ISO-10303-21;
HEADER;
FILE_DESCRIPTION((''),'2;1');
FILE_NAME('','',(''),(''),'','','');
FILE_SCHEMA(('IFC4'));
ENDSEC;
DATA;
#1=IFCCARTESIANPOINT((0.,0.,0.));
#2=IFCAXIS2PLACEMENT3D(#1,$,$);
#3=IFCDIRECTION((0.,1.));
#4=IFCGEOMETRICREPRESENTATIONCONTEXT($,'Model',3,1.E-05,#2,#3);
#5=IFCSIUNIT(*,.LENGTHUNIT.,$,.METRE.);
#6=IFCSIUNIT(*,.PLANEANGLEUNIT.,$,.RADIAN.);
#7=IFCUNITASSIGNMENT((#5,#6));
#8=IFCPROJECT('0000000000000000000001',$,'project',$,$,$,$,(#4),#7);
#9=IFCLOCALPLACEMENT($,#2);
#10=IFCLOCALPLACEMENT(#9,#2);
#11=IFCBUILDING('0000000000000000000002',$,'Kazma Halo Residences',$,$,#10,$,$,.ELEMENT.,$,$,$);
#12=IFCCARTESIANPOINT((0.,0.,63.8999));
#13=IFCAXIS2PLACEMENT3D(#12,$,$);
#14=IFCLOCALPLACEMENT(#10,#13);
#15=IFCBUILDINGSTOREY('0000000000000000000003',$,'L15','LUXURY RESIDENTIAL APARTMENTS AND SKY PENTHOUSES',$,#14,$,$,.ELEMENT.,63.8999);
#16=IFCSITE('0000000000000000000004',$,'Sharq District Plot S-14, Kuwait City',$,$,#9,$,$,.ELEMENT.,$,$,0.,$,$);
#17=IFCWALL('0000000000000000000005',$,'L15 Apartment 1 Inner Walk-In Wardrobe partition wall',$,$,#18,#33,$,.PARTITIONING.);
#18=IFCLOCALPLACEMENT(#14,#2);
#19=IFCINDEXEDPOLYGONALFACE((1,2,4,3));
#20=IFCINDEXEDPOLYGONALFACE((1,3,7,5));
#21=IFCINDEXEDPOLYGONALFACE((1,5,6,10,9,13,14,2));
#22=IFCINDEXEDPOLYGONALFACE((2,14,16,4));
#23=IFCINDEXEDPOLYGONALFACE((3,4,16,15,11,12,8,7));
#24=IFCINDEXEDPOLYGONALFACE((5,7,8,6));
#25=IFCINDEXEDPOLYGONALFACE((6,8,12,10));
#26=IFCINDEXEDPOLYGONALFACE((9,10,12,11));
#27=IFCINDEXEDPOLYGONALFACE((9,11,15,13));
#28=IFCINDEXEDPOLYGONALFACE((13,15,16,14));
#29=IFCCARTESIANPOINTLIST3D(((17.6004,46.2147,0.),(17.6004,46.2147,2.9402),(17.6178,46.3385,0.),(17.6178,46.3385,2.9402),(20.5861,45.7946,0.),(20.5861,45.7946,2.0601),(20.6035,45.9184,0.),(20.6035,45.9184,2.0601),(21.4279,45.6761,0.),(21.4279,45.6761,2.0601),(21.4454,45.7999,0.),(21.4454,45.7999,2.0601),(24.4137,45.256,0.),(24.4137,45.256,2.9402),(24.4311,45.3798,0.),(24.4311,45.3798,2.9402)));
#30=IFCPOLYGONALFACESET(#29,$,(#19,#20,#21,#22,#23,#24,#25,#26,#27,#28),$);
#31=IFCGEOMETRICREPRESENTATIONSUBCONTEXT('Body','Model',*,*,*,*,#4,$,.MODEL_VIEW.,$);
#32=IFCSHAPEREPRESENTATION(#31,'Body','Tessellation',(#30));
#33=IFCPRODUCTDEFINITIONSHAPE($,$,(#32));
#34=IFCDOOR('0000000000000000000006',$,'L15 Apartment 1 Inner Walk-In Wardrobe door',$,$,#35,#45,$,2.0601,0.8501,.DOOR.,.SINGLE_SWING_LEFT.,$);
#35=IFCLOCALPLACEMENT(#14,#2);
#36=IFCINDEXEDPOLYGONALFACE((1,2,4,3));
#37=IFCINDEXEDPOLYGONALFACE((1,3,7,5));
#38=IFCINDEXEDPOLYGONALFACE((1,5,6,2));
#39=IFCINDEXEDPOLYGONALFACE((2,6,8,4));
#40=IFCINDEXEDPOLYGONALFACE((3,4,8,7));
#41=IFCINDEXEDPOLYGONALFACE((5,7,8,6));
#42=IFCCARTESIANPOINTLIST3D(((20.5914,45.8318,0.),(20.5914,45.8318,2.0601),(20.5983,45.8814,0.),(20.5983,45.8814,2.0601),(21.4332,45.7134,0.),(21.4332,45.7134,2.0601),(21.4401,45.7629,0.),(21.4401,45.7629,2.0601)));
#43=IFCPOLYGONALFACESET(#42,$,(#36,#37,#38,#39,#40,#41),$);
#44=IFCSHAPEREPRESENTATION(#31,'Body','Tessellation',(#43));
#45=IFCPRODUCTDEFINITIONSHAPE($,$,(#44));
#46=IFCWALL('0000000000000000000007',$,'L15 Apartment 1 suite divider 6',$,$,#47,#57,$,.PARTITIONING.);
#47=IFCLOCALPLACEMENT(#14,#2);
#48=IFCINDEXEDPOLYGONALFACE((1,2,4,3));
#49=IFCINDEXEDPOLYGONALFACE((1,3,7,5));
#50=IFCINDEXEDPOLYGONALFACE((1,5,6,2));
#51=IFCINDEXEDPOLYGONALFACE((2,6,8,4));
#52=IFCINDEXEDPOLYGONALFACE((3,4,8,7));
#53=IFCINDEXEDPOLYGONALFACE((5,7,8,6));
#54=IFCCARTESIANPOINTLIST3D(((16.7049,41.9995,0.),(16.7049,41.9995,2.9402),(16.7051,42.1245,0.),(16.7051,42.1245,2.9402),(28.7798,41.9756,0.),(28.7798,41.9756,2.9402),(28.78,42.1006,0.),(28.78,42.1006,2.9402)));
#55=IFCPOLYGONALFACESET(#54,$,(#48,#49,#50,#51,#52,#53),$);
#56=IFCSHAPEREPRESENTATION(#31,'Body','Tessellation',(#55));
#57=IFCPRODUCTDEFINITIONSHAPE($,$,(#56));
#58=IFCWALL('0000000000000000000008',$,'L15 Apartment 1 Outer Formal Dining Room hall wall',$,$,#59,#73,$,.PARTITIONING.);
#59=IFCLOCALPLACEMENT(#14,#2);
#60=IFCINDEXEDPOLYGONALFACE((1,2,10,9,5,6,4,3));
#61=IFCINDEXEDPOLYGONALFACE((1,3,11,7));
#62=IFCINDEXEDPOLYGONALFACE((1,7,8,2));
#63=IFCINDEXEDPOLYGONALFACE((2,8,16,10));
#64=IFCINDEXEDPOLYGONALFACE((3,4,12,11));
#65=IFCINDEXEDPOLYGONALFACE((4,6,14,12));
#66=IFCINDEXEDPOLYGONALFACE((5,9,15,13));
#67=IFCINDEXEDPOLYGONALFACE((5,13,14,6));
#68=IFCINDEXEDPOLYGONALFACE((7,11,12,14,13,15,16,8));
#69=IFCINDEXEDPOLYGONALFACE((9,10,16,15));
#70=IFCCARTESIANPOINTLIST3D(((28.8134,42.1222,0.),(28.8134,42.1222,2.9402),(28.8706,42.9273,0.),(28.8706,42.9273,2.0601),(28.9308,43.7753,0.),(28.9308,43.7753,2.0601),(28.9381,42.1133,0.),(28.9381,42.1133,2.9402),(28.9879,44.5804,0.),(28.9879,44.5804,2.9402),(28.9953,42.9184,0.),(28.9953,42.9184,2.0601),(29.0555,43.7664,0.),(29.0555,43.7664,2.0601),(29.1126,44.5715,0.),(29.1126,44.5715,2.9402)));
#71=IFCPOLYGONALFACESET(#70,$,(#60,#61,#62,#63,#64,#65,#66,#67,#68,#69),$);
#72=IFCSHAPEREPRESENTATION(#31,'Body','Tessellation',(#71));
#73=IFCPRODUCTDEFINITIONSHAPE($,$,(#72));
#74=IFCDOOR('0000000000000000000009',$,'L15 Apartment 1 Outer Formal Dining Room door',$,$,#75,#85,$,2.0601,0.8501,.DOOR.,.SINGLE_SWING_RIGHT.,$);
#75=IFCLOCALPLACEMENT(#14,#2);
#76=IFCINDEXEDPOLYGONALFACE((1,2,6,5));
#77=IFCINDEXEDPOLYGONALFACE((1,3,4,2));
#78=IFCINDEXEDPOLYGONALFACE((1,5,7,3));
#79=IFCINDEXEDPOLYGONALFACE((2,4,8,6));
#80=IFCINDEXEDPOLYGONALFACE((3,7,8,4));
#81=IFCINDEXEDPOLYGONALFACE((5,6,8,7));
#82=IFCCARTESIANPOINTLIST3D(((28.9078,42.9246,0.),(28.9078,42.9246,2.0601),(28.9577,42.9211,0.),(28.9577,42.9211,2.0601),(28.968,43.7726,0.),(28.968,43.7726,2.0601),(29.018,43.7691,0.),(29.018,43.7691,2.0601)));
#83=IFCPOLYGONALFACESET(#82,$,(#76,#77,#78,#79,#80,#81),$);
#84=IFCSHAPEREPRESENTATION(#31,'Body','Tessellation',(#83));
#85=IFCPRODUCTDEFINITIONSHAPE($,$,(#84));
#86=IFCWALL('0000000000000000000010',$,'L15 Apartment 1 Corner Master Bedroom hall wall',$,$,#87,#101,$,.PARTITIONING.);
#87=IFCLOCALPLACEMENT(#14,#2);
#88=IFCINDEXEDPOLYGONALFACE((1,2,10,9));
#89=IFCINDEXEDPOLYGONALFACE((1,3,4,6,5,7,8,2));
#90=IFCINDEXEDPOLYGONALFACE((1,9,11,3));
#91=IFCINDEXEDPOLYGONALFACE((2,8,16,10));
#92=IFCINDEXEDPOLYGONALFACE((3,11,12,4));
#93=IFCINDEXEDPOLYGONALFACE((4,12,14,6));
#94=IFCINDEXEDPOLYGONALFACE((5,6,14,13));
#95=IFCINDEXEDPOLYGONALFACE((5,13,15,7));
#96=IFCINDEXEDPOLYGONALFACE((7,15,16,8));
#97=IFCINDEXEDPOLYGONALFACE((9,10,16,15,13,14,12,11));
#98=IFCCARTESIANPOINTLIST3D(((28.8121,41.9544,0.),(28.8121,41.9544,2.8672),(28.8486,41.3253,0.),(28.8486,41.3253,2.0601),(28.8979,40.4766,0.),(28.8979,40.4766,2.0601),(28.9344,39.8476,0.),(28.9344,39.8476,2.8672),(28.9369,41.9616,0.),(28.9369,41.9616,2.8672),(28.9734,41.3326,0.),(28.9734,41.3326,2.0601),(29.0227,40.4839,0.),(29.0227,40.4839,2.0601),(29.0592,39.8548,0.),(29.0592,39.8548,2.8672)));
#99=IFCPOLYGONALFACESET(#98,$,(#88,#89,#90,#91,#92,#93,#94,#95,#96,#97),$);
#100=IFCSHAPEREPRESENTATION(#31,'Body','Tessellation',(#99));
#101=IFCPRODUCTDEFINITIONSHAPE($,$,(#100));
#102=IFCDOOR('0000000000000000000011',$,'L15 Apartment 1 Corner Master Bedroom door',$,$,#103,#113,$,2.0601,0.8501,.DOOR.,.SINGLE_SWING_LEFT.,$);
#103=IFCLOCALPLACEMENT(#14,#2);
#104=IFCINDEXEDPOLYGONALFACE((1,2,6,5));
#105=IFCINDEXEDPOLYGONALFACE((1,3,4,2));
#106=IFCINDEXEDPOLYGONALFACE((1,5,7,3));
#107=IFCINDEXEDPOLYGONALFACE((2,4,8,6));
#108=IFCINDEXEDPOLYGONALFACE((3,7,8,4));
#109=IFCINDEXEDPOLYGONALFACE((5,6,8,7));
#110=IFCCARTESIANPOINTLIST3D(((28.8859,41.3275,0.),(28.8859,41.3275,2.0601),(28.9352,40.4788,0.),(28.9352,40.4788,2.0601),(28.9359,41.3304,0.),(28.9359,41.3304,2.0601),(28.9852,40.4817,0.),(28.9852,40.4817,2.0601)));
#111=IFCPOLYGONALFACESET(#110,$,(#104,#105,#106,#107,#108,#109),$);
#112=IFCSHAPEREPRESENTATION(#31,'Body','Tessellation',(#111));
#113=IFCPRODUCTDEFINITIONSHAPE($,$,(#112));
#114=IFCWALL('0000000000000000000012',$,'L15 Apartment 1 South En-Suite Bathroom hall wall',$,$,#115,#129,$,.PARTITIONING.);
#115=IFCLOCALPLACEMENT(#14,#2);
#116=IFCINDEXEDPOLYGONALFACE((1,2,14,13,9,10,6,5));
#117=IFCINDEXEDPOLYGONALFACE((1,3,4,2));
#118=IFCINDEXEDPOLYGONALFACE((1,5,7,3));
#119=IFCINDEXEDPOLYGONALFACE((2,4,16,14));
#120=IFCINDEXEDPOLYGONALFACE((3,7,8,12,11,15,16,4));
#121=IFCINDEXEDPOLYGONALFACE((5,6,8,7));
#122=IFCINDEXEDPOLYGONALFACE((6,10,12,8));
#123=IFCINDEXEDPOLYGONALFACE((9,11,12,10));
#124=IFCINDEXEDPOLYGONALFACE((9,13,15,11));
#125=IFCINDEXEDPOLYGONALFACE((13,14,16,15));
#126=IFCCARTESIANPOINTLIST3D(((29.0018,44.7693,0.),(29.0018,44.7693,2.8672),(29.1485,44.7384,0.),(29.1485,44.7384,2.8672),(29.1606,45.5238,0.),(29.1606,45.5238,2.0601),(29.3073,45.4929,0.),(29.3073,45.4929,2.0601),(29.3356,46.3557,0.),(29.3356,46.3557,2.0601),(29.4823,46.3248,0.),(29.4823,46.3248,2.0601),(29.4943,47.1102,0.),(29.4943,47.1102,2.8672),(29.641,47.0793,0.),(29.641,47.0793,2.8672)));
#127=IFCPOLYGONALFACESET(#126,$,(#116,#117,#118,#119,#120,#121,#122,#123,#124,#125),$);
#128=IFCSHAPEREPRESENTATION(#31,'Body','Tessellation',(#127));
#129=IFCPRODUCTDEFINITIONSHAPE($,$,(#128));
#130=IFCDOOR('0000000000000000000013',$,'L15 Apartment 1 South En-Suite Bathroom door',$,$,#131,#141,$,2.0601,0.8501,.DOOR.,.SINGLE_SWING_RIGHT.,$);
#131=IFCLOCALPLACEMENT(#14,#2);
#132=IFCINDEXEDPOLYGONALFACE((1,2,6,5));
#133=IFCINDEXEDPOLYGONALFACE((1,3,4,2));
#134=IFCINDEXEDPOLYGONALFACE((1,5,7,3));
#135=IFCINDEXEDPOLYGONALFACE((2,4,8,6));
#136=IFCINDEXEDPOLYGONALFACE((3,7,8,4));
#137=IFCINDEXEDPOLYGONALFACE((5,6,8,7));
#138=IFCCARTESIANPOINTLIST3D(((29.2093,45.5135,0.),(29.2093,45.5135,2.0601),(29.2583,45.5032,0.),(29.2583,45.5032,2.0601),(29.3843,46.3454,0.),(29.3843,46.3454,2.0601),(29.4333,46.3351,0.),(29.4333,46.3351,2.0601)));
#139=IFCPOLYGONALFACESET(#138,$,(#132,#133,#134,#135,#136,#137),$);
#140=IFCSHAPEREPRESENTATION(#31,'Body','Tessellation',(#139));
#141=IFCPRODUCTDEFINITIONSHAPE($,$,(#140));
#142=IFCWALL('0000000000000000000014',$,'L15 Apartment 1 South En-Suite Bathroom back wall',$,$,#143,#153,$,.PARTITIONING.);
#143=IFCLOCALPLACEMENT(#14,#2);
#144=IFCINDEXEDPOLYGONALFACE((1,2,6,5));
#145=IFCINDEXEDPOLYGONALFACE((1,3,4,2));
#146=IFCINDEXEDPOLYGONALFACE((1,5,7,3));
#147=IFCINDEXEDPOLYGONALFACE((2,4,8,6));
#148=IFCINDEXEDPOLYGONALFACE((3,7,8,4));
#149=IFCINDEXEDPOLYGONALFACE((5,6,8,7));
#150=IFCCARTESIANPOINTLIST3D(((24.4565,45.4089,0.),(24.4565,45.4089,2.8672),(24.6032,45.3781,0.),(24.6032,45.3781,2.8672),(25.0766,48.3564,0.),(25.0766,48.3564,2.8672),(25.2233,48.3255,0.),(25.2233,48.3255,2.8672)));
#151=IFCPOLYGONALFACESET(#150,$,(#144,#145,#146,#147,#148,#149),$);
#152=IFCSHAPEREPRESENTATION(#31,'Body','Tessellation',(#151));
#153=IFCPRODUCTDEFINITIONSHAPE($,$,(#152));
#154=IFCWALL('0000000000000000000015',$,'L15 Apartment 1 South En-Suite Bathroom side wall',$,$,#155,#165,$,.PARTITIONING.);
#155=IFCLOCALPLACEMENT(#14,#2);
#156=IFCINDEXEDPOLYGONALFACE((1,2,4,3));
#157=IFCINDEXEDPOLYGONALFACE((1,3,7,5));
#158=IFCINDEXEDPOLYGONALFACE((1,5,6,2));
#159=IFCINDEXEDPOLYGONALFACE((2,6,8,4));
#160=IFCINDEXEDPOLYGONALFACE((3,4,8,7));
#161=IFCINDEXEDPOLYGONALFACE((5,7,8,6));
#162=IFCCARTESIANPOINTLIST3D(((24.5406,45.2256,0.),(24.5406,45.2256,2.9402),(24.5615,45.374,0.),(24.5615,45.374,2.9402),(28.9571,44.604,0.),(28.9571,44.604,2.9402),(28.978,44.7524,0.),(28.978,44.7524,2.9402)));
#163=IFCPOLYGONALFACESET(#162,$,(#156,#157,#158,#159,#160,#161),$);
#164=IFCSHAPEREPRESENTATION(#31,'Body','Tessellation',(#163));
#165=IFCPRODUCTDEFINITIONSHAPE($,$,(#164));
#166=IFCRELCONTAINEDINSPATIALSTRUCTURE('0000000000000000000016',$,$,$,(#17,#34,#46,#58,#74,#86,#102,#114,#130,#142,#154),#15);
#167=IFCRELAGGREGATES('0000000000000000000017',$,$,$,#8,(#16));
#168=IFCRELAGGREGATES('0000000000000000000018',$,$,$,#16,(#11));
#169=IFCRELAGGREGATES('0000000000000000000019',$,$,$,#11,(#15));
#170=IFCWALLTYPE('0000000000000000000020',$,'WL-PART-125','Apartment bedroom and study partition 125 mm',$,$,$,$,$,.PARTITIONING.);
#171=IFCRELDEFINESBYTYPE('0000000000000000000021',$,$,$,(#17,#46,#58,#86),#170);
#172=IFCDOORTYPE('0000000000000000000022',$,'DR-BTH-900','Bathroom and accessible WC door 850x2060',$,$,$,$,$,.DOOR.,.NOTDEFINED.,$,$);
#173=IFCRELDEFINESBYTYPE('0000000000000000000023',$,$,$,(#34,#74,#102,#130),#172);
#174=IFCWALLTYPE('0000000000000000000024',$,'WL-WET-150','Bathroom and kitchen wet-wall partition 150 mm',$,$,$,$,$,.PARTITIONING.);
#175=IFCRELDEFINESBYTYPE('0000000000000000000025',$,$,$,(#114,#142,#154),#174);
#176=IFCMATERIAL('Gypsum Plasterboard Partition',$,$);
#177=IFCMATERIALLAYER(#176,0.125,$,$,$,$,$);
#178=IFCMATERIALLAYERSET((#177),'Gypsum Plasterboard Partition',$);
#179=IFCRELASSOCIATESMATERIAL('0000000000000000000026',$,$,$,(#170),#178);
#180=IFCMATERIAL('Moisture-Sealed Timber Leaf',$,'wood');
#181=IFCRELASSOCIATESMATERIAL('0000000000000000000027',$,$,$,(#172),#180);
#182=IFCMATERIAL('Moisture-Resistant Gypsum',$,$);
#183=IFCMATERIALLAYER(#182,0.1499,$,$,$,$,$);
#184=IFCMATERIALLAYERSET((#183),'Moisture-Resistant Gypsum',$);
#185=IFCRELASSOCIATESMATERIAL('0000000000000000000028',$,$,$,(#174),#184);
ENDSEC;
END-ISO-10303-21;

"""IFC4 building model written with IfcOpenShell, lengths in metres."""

from ifc_helpers import new_model, si_unit, direction, frame, frame_2d, origin, place, context, subcontext, project, spatial, rectangle, extrude, material, layer, layer_set, type_object, element, fill, save


model = new_model("IFC4")

# Units and contexts
model_context = context("Model", 3, precision=1e-05, world=origin(), true_north=direction((0.0, 1.0)))
body_context = subcontext(model_context, "Body", "Model", "MODEL_VIEW")
ifc_project = project(units=[si_unit("LENGTHUNIT", "METRE"), si_unit("PLANEANGLEUNIT", "RADIAN")], contexts=[model_context])

# Site, building, storey
site_placement = place(None, origin())
site = spatial("IfcSite", under=ifc_project, at=site_placement, Name="Sharq District Plot S-14, Kuwait City", CompositionType="ELEMENT", RefElevation=0.0)
building_placement = place(site_placement, origin())
building = spatial("IfcBuilding", under=site, at=building_placement, Name="Kazma Halo Residences", CompositionType="ELEMENT")
storey_placement = place(building_placement, frame((0.0, 0.0, 63.8999)))
storey = spatial("IfcBuildingStorey", under=building, at=storey_placement, Name="L15", Description="LUXURY RESIDENTIAL APARTMENTS AND SKY PENTHOUSES", CompositionType="ELEMENT", Elevation=63.8999)

# Shared definitions
ifc_material_1 = material(Name="Gypsum Plasterboard Partition")
ifc_layer_1 = layer(ifc_material_1, 0.125)
ifc_layer_set_1 = layer_set([ifc_layer_1], Name="Gypsum Plasterboard Partition")
wall_type_1 = type_object("IfcWallType", Name="WL-PART-125", Description="Apartment bedroom and study partition 125 mm", PredefinedType="PARTITIONING", material=ifc_layer_set_1)

# Shared definitions
ifc_material_2 = material(Name="Moisture-Sealed Timber Leaf", Category="wood")
door_type = type_object("IfcDoorType", Name="DR-BTH-900", Description="Bathroom and accessible WC door 850x2060", OperationType="NOTDEFINED", PredefinedType="DOOR", material=ifc_material_2)

# Wall, opening, door
wall_1_placement = place(storey_placement, frame((24.4224, 45.3179, 0.0), z_axis=(0.0, 0.0, 1.0), x_axis=(-0.990244, 0.139345, 0.0)))
wall_1 = element("IfcWall", 1, at=wall_1_placement, inside=storey, type_object=wall_type_1, Name="L15 Apartment 1 Inner Walk-In Wardrobe partition wall", PredefinedType="PARTITIONING", context=body_context, shape_type="SweptSolid", body=[
    extrude(rectangle(XDim=6.8804, YDim=0.125, at=frame_2d((3.4402, 0.0))), origin(), (0.0, 0.0, 1.0), 2.9402),
])
opening_1_placement = place(wall_1_placement, frame((3.0151, 0.0, 0.0)))
opening_1 = element("IfcOpeningElement", 2, at=opening_1_placement, cuts=wall_1, PredefinedType="OPENING", context=body_context, shape_type="SweptSolid", body=[
    extrude(rectangle(XDim=0.8501, YDim=2.0601, at=frame_2d((0.425, 1.03))), frame((0.0, 0.0725, 0.0), z_axis=(0.0, -1.0, 0.0), x_axis=(1.0, 0.0, 0.0)), (0.0, 0.0, 1.0), 0.145),
])
door_1_placement = place(opening_1_placement, origin())
door_1 = element("IfcDoor", 3, at=door_1_placement, inside=storey, type_object=door_type, Name="L15 Apartment 1 Inner Walk-In Wardrobe door", OperationType="SINGLE_SWING_LEFT", OverallHeight=2.0601, OverallWidth=0.8501, PredefinedType="DOOR", context=body_context, shape_type="SweptSolid", body=[
    extrude(rectangle(XDim=0.8501, YDim=2.0601, at=frame_2d((0.425, 1.03))), frame((0.0, 0.0249, 0.0), z_axis=(0.0, -1.0, 0.0), x_axis=(1.0, 0.0, 0.0)), (0.0, 0.0, 1.0), 0.05),
])
fill(opening_1, door_1)

# Wall
wall_2_placement = place(storey_placement, frame((28.78, 42.0381, 0.0), z_axis=(0.0, 0.0, 1.0), x_axis=(-0.999998, 0.001981, 0.0)))
element("IfcWall", 4, at=wall_2_placement, inside=storey, type_object=wall_type_1, Name="L15 Apartment 1 suite divider 6", PredefinedType="PARTITIONING", context=body_context, shape_type="SweptSolid", body=[
    extrude(rectangle(XDim=12.075, YDim=0.125, at=frame_2d((6.0376, 0.0))), origin(), (0.0, 0.0, 1.0), 2.9402),
])

# Walls, openings, doors
wall_3_placement = place(storey_placement, frame((29.0503, 44.5759, 0.0), z_axis=(0.0, 0.0, 1.0), x_axis=(-0.070832, -0.997488, 0.0)))
wall_3 = element("IfcWall", 5, at=wall_3_placement, inside=storey, type_object=wall_type_1, Name="L15 Apartment 1 Outer Formal Dining Room hall wall", PredefinedType="PARTITIONING", context=body_context, shape_type="SweptSolid", body=[
    extrude(rectangle(XDim=2.4644, YDim=0.125, at=frame_2d((1.2322, 0.0))), origin(), (0.0, 0.0, 1.0), 2.9402),
])
opening_2_placement = place(wall_3_placement, frame((0.8071, 0.0, 0.0)))
opening_2 = element("IfcOpeningElement", 6, at=opening_2_placement, cuts=wall_3, PredefinedType="OPENING", context=body_context, shape_type="SweptSolid", body=[
    extrude(rectangle(XDim=0.8501, YDim=2.0601, at=frame_2d((0.425, 1.03))), frame((0.0, 0.0725, 0.0), z_axis=(0.0, -1.0, 0.0), x_axis=(1.0, 0.0, 0.0)), (0.0, 0.0, 1.0), 0.145),
])
door_2_placement = place(opening_2_placement, origin())
door_2 = element("IfcDoor", 7, at=door_2_placement, inside=storey, type_object=door_type, Name="L15 Apartment 1 Outer Formal Dining Room door", OperationType="SINGLE_SWING_RIGHT", OverallHeight=2.0601, OverallWidth=0.8501, PredefinedType="DOOR", context=body_context, shape_type="SweptSolid", body=[
    extrude(rectangle(XDim=0.8501, YDim=2.0601, at=frame_2d((0.425, 1.03))), frame((0.0, 0.0249, 0.0), z_axis=(0.0, -1.0, 0.0), x_axis=(1.0, 0.0, 0.0)), (0.0, 0.0, 1.0), 0.05),
])
fill(opening_2, door_2)
wall_4_placement = place(storey_placement, frame((28.8745, 41.958, 0.0), z_axis=(0.0, 0.0, 1.0), x_axis=(0.057962, -0.998319, 0.0)))
wall_4 = element("IfcWall", 8, at=wall_4_placement, inside=storey, type_object=wall_type_1, Name="L15 Apartment 1 Corner Master Bedroom hall wall", PredefinedType="PARTITIONING", context=body_context, shape_type="SweptSolid", body=[
    extrude(rectangle(XDim=2.1104, YDim=0.125, at=frame_2d((1.0552, 0.0))), origin(), (0.0, 0.0, 1.0), 2.8672),
])
opening_3_placement = place(wall_4_placement, frame((0.6301, 0.0, 0.0)))
opening_3 = element("IfcOpeningElement", 9, at=opening_3_placement, cuts=wall_4, PredefinedType="OPENING", context=body_context, shape_type="SweptSolid", body=[
    extrude(rectangle(XDim=0.8501, YDim=2.0601, at=frame_2d((0.425, 1.03))), frame((0.0, 0.0725, 0.0), z_axis=(0.0, -1.0, 0.0), x_axis=(1.0, 0.0, 0.0)), (0.0, 0.0, 1.0), 0.145),
])
door_3_placement = place(opening_3_placement, origin())
door_3 = element("IfcDoor", 10, at=door_3_placement, inside=storey, type_object=door_type, Name="L15 Apartment 1 Corner Master Bedroom door", OperationType="SINGLE_SWING_LEFT", OverallHeight=2.0601, OverallWidth=0.8501, PredefinedType="DOOR", context=body_context, shape_type="SweptSolid", body=[
    extrude(rectangle(XDim=0.8501, YDim=2.0601, at=frame_2d((0.425, 1.03))), frame((0.0, 0.0249, 0.0), z_axis=(0.0, -1.0, 0.0), x_axis=(1.0, 0.0, 0.0)), (0.0, 0.0, 1.0), 0.05),
])
fill(opening_3, door_3)
ifc_material_3 = material(Name="Moisture-Resistant Gypsum")
ifc_layer_2 = layer(ifc_material_3, 0.1499)
ifc_layer_set_2 = layer_set([ifc_layer_2], Name="Moisture-Resistant Gypsum")
wall_type_2 = type_object("IfcWallType", Name="WL-WET-150", Description="Bathroom and kitchen wet-wall partition 150 mm", PredefinedType="PARTITIONING", material=ifc_layer_set_2)
wall_5_placement = place(storey_placement, frame((29.5676, 47.0947, 0.0), z_axis=(0.0, 0.0, 1.0), x_axis=(-0.205861, -0.978581, 0.0)))
wall_5 = element("IfcWall", 11, at=wall_5_placement, inside=storey, type_object=wall_type_2, Name="L15 Apartment 1 South En-Suite Bathroom hall wall", PredefinedType="PARTITIONING", context=body_context, shape_type="SweptSolid", body=[
    extrude(rectangle(XDim=2.3921, YDim=0.1499, at=frame_2d((1.196, 0.0))), origin(), (0.0, 0.0, 1.0), 2.8672),
])
opening_4_placement = place(wall_5_placement, frame((0.771, 0.0, 0.0)))
opening_4 = element("IfcOpeningElement", 12, at=opening_4_placement, cuts=wall_5, PredefinedType="OPENING", context=body_context, shape_type="SweptSolid", body=[
    extrude(rectangle(XDim=0.8501, YDim=2.0601, at=frame_2d((0.425, 1.03))), frame((0.0, 0.085, 0.0), z_axis=(0.0, -1.0, 0.0), x_axis=(1.0, 0.0, 0.0)), (0.0, 0.0, 1.0), 0.1699),
])
door_4_placement = place(opening_4_placement, origin())
door_4 = element("IfcDoor", 13, at=door_4_placement, inside=storey, type_object=door_type, Name="L15 Apartment 1 South En-Suite Bathroom door", OperationType="SINGLE_SWING_RIGHT", OverallHeight=2.0601, OverallWidth=0.8501, PredefinedType="DOOR", context=body_context, shape_type="SweptSolid", body=[
    extrude(rectangle(XDim=0.8501, YDim=2.0601, at=frame_2d((0.425, 1.03))), frame((0.0, 0.0249, 0.0), z_axis=(0.0, -1.0, 0.0), x_axis=(1.0, 0.0, 0.0)), (0.0, 0.0, 1.0), 0.05),
])
fill(opening_4, door_4)

# Walls
wall_6_placement = place(storey_placement, frame((25.1499, 48.3408, 0.0), z_axis=(0.0, 0.0, 1.0), x_axis=(-0.20588, -0.978577, 0.0)))
element("IfcWall", 14, at=wall_6_placement, inside=storey, type_object=wall_type_2, Name="L15 Apartment 1 South En-Suite Bathroom back wall", PredefinedType="PARTITIONING", context=body_context, shape_type="SweptSolid", body=[
    extrude(rectangle(XDim=3.012, YDim=0.1499, at=frame_2d((1.5059, 0.0))), origin(), (0.0, 0.0, 1.0), 2.8672),
])
wall_7_placement = place(storey_placement, frame((28.9675, 44.6782, 0.0), z_axis=(0.0, 0.0, 1.0), x_axis=(-0.990241, 0.139367, 0.0)))
element("IfcWall", 15, at=wall_7_placement, inside=storey, type_object=wall_type_2, Name="L15 Apartment 1 South En-Suite Bathroom side wall", PredefinedType="PARTITIONING", context=body_context, shape_type="SweptSolid", body=[
    extrude(rectangle(XDim=4.46, YDim=0.1499, at=frame_2d((2.23, 0.0))), origin(), (0.0, 0.0, 1.0), 2.9402),
])

save(model, "model.ifc")
